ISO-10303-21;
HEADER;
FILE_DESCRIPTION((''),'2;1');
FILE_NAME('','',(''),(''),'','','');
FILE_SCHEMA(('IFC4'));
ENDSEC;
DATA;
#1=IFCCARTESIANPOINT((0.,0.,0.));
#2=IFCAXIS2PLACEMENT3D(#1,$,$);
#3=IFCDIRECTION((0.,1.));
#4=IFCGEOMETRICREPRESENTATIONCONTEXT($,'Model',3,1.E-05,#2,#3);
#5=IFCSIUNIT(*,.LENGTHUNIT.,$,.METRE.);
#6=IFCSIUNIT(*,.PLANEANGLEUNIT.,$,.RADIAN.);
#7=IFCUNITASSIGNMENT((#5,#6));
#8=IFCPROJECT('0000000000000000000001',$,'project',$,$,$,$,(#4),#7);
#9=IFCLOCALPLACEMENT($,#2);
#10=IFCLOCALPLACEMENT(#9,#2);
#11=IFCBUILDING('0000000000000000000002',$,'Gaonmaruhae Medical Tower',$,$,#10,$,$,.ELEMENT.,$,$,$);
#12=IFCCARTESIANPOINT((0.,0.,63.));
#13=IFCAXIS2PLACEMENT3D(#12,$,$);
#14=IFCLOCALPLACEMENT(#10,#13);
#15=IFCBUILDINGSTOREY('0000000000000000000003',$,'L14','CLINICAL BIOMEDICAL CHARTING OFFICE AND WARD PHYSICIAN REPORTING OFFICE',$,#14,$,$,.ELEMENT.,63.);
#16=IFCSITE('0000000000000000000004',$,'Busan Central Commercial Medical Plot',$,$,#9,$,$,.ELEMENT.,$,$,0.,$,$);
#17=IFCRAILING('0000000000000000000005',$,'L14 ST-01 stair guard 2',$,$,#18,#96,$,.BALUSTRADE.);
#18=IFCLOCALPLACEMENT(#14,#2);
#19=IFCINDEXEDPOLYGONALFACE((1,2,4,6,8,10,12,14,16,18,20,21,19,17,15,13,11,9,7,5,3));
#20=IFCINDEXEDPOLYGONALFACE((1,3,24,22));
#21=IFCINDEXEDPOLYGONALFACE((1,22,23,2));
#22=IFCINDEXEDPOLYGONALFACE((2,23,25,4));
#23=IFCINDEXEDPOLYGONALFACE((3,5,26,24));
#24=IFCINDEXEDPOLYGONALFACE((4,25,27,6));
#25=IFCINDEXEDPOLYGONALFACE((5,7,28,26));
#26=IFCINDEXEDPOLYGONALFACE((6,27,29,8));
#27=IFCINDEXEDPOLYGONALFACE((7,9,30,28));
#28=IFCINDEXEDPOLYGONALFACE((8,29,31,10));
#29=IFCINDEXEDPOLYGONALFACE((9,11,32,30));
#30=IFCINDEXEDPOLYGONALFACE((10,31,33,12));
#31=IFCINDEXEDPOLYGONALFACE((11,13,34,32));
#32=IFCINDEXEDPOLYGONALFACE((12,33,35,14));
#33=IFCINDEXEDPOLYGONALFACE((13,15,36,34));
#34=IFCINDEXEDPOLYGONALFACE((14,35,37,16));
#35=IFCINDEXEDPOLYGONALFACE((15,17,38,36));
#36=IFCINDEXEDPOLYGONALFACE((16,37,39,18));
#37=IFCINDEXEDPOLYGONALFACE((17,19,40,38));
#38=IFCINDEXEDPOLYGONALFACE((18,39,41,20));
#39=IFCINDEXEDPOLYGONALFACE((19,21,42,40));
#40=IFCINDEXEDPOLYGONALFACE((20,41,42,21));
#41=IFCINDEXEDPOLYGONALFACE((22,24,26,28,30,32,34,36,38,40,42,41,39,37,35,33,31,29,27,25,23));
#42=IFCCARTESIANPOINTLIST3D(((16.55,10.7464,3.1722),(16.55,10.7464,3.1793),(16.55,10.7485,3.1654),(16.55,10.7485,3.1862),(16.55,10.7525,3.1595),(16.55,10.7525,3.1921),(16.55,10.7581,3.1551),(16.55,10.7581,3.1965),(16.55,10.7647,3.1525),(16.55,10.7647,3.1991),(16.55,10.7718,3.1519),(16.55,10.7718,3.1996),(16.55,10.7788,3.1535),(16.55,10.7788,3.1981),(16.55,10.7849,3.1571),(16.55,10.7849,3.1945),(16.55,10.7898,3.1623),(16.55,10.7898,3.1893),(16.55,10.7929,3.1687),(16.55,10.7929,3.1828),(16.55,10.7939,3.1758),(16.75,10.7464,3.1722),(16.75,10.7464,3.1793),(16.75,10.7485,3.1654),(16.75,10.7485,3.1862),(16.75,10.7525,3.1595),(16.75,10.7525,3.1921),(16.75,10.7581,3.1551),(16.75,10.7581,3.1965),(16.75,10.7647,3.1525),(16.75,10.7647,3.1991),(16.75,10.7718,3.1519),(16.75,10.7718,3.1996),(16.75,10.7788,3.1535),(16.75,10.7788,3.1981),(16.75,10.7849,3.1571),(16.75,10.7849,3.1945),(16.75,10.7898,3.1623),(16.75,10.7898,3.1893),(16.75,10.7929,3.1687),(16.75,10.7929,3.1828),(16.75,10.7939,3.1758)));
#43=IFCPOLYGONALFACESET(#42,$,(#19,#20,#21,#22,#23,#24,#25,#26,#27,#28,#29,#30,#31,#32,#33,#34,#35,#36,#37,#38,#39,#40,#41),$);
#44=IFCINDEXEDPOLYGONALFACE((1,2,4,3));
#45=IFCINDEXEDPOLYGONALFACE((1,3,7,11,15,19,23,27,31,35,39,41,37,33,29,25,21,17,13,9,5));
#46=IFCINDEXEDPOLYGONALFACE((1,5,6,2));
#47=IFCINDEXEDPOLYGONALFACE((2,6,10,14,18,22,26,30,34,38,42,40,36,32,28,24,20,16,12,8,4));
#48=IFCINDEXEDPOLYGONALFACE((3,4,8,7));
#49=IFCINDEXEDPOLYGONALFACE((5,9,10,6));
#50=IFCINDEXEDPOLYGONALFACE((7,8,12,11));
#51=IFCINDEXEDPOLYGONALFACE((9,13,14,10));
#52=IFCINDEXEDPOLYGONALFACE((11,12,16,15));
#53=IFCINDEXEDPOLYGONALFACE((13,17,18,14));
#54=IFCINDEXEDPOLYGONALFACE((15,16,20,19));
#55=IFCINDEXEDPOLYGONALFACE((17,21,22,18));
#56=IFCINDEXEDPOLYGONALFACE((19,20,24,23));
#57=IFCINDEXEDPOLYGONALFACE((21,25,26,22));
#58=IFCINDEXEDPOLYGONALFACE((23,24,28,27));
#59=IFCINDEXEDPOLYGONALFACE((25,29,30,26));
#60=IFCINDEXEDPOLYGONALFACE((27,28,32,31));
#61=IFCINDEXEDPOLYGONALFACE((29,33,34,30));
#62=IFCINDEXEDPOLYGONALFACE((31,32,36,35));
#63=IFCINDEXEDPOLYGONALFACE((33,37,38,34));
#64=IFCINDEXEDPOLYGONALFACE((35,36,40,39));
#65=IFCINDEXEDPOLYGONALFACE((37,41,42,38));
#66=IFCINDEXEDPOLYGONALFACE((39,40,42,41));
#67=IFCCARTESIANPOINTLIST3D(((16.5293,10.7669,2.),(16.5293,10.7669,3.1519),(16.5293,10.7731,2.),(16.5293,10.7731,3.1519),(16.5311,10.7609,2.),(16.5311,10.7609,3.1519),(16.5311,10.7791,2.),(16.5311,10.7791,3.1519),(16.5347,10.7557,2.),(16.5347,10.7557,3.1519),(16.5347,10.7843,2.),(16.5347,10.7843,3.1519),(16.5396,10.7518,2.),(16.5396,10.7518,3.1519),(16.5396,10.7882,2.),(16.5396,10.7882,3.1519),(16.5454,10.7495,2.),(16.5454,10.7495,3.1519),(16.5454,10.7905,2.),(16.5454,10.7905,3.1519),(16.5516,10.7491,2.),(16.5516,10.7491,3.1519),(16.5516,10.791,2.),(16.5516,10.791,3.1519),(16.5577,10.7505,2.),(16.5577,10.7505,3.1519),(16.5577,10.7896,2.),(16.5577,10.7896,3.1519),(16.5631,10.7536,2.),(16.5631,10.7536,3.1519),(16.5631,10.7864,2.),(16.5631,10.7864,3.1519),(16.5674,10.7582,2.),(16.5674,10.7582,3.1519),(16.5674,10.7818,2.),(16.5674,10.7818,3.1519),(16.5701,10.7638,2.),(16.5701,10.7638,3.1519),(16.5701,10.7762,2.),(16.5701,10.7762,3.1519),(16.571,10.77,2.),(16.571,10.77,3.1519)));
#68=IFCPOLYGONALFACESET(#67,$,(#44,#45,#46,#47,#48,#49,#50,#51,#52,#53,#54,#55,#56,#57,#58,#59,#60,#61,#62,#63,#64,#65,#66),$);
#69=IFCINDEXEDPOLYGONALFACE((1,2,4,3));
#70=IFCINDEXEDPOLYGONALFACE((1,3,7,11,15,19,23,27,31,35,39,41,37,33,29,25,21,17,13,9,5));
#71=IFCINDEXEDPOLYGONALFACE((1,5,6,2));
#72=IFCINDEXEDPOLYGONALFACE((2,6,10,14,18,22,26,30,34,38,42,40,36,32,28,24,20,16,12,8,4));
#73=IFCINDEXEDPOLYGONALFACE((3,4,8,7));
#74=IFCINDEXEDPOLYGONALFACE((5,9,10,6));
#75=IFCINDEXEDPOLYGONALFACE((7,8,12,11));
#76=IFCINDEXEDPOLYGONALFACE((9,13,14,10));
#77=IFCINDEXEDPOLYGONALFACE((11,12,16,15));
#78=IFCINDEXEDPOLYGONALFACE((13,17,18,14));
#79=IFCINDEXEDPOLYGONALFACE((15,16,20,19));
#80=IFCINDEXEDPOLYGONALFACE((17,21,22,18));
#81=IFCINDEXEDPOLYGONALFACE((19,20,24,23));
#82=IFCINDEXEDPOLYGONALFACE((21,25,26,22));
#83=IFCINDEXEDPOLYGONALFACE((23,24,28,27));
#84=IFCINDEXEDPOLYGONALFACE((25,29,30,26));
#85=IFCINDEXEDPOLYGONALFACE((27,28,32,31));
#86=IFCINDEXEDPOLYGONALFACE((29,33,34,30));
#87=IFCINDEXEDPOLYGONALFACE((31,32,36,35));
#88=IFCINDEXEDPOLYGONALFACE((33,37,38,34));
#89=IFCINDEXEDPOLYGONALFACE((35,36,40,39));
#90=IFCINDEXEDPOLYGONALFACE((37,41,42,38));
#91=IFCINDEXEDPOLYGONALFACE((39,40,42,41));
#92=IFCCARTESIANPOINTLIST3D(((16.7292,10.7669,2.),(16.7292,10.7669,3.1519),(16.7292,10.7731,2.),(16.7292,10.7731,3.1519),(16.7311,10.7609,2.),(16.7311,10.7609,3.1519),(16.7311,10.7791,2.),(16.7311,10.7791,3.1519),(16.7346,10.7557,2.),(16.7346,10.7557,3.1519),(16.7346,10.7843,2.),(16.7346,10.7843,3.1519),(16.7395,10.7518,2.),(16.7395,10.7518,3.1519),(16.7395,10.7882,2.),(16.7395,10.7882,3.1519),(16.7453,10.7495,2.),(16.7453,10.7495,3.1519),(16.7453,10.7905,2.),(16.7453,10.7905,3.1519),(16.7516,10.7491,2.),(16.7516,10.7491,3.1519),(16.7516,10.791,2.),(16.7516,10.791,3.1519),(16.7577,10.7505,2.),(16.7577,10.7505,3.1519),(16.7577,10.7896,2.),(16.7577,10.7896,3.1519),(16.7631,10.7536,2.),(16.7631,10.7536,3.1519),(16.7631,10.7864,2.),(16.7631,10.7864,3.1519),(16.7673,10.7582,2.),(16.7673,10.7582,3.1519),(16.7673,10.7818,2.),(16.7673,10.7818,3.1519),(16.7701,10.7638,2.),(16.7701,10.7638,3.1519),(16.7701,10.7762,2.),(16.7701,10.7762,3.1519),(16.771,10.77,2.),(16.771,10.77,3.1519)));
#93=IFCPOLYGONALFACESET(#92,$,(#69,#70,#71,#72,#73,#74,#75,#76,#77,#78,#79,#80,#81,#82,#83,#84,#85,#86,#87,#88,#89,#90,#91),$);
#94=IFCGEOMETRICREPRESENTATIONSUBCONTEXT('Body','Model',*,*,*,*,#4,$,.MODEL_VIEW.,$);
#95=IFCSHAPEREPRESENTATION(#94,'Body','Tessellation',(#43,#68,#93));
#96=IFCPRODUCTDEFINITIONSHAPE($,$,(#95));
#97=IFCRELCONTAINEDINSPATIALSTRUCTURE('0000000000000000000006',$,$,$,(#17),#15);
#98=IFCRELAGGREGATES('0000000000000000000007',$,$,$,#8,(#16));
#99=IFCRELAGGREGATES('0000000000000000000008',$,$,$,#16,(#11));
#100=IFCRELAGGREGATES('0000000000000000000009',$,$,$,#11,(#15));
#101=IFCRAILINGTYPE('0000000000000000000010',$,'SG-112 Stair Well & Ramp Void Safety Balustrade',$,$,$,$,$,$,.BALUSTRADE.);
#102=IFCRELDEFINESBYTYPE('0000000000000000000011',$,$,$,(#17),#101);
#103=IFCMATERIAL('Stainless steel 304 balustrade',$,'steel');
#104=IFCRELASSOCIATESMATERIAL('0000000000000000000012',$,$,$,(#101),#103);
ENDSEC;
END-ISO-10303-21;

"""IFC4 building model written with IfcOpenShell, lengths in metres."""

from ifc_helpers import new_model, si_unit, direction, frame, origin, origin_2d, place, context, subcontext, project, spatial, circle, extrude, material, type_object, element, save


model = new_model("IFC4")

# Units and contexts
model_context = context("Model", 3, precision=1e-05, world=origin(), true_north=direction((0.0, 1.0)))
body_context = subcontext(model_context, "Body", "Model", "MODEL_VIEW")
ifc_project = project(units=[si_unit("LENGTHUNIT", "METRE"), si_unit("PLANEANGLEUNIT", "RADIAN")], contexts=[model_context])

# Site, building, storey
site_placement = place(None, origin())
site = spatial("IfcSite", under=ifc_project, at=site_placement, Name="Busan Central Commercial Medical Plot", CompositionType="ELEMENT", RefElevation=0.0)
building_placement = place(site_placement, origin())
building = spatial("IfcBuilding", under=site, at=building_placement, Name="Gaonmaruhae Medical Tower", CompositionType="ELEMENT")
storey_placement = place(building_placement, frame((0.0, 0.0, 63.0)))
storey = spatial("IfcBuildingStorey", under=building, at=storey_placement, Name="L14", Description="CLINICAL BIOMEDICAL CHARTING OFFICE AND WARD PHYSICIAN REPORTING OFFICE", CompositionType="ELEMENT", Elevation=63.0)

# Railing
ifc_material_1 = material(Name="Stainless steel 304 balustrade", Category="steel")
railing_type_1 = type_object("IfcRailingType", Name="SG-112 Stair Well & Ramp Void Safety Balustrade", PredefinedType="BALUSTRADE", material=ifc_material_1)
railing_1_placement = place(storey_placement, frame((16.55, 10.77, 2.0)))
element("IfcRailing", 1, at=railing_1_placement, inside=storey, type_object=railing_type_1, Name="L14 ST-01 stair guard 2", PredefinedType="BALUSTRADE", context=body_context, shape_type="SweptSolid", body=[
    extrude(circle(Radius=0.0239, at=origin_2d()), frame((0.0, 0.0, 1.1758), z_axis=(1.0, 0.0, 0.0), x_axis=(0.0, 1.0, 0.0)), (0.0, 0.0, 1.0), 0.2),
    extrude(circle(Radius=0.021, at=origin_2d()), origin(), (0.0, 0.0, 1.0), 1.1519),
    extrude(circle(Radius=0.021, at=origin_2d()), frame((0.2, 0.0, 0.0)), (0.0, 0.0, 1.0), 1.1519),
])

save(model, "model.ifc")
